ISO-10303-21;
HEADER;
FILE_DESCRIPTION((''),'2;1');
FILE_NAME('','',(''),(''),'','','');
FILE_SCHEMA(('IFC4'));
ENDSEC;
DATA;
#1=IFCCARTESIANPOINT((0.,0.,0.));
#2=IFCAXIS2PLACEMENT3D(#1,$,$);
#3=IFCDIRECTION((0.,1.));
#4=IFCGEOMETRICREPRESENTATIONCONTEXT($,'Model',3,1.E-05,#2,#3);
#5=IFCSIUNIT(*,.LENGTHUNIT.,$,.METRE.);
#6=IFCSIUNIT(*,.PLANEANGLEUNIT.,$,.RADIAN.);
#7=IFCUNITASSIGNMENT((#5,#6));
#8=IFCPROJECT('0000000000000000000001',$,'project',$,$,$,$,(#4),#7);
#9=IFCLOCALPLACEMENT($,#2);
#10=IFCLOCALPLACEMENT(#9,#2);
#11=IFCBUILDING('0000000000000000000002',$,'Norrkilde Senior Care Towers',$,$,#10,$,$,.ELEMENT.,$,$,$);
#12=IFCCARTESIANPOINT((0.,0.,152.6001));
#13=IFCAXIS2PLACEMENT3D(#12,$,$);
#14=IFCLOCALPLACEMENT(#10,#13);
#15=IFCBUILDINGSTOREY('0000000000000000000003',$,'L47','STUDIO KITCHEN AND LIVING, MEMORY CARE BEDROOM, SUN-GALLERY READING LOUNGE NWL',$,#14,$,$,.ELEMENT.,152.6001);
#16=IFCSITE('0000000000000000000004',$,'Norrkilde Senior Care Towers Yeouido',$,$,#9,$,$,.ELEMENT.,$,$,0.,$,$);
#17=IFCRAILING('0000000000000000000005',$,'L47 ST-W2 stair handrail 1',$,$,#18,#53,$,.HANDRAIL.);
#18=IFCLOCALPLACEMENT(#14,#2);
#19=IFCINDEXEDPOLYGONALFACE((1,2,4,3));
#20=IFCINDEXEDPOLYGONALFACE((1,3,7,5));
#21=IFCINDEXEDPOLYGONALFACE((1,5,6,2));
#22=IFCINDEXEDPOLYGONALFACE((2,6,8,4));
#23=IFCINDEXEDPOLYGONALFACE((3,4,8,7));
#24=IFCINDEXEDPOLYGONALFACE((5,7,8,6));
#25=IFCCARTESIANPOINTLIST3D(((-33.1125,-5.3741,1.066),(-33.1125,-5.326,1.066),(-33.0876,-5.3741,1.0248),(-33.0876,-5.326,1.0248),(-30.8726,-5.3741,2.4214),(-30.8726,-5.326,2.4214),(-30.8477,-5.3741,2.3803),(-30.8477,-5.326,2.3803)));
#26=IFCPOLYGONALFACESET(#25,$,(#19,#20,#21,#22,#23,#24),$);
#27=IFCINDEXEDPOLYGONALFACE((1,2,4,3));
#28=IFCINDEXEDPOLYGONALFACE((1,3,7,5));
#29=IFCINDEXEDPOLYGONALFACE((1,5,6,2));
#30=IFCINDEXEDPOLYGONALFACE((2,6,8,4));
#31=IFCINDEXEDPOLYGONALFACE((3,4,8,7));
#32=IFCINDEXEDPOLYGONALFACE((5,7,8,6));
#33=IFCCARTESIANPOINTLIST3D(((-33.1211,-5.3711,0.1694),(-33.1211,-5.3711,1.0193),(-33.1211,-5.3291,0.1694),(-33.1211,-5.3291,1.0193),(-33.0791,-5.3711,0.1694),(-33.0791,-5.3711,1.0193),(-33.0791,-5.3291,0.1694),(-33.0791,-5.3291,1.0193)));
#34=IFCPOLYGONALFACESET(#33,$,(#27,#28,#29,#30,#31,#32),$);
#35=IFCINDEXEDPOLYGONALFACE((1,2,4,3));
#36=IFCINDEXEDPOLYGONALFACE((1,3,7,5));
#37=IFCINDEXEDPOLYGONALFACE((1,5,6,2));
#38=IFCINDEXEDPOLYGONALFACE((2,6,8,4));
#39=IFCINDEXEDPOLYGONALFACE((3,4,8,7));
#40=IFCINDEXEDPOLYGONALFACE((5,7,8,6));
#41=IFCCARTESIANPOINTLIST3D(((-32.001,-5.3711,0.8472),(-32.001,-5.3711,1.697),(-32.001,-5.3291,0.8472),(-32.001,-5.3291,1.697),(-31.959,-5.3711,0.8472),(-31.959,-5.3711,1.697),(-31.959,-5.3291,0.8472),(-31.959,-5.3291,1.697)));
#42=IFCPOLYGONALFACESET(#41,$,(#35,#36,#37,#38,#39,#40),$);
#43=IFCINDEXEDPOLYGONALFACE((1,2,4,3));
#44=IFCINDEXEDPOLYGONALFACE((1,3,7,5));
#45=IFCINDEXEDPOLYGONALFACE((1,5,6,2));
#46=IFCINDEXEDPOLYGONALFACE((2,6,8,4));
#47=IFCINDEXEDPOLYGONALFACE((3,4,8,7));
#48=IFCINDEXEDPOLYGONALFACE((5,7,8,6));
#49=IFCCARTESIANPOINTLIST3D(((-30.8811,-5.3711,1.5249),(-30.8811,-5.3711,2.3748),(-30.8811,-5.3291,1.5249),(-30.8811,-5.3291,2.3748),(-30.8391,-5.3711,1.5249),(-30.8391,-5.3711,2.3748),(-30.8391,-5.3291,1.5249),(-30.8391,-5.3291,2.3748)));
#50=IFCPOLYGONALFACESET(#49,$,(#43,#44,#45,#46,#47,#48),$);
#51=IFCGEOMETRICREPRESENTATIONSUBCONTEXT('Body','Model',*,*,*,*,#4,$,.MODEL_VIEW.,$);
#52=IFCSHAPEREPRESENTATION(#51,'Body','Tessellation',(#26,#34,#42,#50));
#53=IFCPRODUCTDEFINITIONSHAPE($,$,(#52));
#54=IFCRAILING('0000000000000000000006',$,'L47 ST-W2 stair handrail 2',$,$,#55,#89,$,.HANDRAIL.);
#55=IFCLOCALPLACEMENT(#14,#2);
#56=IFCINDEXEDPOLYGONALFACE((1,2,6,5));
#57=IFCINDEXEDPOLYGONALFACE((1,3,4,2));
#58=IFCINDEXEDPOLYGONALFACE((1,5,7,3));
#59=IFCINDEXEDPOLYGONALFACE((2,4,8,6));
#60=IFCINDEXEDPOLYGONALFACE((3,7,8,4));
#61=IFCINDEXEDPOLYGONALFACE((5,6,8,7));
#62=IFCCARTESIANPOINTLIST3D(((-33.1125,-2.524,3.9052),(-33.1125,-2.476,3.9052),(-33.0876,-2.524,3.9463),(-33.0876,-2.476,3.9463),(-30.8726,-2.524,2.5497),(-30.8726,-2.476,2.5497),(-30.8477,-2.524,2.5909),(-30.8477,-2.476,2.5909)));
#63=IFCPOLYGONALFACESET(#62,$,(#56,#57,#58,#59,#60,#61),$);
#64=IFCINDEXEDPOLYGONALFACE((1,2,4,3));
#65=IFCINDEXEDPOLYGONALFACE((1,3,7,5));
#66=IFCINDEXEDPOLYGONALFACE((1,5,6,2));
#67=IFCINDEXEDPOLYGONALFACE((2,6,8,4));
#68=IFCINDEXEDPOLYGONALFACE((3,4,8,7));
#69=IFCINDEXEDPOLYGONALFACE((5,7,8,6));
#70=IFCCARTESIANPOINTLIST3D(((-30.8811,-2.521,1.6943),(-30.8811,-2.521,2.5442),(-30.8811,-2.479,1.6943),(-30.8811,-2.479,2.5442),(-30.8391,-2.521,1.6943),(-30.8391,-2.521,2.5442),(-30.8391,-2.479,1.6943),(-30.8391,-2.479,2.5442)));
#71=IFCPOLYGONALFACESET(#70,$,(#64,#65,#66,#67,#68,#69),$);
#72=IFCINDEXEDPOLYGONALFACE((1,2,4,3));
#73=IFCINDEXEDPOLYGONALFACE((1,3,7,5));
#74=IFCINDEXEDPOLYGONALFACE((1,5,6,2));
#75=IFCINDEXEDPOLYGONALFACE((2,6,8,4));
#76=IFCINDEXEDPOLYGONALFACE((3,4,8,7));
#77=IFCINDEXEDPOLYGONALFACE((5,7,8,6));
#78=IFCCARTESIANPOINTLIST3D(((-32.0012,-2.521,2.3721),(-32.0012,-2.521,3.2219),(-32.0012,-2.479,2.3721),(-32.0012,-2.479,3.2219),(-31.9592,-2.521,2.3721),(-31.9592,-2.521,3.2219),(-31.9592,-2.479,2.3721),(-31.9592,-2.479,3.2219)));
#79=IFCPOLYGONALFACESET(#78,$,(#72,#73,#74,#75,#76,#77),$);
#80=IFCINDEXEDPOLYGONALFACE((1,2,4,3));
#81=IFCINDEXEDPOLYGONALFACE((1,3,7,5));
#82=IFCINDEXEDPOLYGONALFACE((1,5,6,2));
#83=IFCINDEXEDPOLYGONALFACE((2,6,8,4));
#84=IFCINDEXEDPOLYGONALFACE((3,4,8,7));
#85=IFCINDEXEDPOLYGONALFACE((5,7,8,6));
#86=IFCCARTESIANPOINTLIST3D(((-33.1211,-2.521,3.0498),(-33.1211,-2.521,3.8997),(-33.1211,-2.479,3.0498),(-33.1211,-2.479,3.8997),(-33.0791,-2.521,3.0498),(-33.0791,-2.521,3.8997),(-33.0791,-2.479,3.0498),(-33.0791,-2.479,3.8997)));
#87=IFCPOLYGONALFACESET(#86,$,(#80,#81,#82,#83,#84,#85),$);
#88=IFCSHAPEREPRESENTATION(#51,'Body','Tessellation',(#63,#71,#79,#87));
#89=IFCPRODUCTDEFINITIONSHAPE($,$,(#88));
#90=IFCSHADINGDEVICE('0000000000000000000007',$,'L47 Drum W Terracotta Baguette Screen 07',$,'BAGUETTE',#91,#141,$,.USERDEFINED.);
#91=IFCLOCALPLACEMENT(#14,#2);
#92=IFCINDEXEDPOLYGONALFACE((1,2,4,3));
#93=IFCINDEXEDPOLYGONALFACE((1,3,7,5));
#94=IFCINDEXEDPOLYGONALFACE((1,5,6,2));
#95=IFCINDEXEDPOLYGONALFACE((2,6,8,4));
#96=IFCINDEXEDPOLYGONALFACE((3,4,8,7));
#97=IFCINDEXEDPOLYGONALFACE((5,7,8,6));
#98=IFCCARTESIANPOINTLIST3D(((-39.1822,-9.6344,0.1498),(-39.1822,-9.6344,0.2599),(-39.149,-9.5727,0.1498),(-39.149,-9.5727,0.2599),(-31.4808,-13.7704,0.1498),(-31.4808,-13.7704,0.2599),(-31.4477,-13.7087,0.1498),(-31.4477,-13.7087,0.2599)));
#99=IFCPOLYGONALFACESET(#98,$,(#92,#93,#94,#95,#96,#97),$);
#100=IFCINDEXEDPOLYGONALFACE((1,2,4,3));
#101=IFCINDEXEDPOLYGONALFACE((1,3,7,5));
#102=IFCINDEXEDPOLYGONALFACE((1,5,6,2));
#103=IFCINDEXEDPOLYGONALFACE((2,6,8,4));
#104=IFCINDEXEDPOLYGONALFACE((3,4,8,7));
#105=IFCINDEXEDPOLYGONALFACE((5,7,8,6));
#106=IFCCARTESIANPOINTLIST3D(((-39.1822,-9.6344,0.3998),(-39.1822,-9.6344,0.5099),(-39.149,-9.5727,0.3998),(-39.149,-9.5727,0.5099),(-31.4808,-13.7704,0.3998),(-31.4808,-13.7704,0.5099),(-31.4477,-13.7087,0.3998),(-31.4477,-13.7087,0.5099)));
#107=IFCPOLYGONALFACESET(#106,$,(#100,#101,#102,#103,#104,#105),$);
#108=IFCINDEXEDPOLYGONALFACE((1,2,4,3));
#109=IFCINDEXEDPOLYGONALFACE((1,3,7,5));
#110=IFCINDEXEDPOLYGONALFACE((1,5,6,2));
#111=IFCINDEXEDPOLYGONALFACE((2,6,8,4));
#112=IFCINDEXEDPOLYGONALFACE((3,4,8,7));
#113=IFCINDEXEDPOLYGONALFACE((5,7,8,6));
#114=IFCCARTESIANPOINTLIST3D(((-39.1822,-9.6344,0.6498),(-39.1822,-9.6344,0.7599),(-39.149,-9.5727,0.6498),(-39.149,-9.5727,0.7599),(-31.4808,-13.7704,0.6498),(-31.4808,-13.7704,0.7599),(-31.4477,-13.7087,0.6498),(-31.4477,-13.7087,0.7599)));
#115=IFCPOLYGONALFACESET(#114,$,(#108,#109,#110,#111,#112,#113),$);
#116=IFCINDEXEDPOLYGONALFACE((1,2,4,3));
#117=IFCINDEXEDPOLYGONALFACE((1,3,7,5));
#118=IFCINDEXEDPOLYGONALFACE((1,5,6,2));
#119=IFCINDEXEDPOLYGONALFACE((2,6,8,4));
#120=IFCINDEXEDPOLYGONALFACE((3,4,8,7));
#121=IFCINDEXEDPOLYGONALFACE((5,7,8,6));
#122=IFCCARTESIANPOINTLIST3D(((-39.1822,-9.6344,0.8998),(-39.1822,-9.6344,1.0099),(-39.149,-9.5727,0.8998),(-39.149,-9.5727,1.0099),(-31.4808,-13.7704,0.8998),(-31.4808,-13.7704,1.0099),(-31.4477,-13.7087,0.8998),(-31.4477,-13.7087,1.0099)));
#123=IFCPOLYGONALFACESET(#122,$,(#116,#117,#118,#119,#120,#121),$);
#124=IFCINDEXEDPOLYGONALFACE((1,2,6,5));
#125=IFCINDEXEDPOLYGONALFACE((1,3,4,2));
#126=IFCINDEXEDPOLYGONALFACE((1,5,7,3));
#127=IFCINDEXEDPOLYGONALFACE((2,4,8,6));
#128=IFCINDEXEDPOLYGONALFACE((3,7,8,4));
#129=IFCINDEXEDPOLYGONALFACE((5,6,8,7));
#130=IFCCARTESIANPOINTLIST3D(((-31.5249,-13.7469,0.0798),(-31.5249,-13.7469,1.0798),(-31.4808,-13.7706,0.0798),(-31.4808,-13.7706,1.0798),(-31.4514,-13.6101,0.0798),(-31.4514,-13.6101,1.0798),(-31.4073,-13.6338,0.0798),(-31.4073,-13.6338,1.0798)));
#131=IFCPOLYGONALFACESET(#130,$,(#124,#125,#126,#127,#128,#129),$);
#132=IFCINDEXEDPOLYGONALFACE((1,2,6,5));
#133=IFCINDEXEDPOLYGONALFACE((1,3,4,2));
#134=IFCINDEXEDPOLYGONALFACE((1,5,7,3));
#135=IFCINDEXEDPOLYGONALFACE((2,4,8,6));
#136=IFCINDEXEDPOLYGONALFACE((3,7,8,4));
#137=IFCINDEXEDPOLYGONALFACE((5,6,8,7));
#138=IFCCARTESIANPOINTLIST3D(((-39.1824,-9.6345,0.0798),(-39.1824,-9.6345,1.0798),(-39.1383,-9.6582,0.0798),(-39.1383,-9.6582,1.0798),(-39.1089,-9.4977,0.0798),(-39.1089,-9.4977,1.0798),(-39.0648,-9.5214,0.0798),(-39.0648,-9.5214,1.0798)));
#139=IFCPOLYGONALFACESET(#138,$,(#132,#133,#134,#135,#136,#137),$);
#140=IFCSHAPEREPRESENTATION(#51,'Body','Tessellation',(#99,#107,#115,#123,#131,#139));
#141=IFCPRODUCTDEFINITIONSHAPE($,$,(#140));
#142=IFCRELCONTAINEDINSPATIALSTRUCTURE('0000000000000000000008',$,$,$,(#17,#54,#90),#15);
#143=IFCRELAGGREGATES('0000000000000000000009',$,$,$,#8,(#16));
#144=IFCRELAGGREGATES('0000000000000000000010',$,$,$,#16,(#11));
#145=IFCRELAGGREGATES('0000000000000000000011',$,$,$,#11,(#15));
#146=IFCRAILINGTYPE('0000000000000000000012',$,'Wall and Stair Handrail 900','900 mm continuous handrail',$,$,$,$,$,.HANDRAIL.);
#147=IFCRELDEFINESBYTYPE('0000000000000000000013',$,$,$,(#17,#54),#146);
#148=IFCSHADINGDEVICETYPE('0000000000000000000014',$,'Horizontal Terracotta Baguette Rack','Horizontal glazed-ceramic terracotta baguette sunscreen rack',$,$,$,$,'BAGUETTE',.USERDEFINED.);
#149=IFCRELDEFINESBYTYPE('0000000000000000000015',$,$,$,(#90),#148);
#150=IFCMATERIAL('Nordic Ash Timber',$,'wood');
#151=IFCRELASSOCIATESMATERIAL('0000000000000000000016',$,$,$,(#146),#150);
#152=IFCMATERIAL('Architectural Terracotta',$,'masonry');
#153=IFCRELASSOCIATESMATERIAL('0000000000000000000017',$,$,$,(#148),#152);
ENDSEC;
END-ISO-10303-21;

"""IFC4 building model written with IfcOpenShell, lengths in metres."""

from ifc_helpers import new_model, si_unit, direction, frame, origin, origin_2d, place, context, subcontext, project, spatial, rectangle, extrude, source, transform, mapped, material, type_object, type_shapes, element, save


model = new_model("IFC4")

# Units and contexts
model_context = context("Model", 3, precision=1e-05, world=origin(), true_north=direction((0.0, 1.0)))
body_context = subcontext(model_context, "Body", "Model", "MODEL_VIEW")
ifc_project = project(units=[si_unit("LENGTHUNIT", "METRE"), si_unit("PLANEANGLEUNIT", "RADIAN")], contexts=[model_context])

# Site, building, storey
site_placement = place(None, origin())
site = spatial("IfcSite", under=ifc_project, at=site_placement, Name="Norrkilde Senior Care Towers Yeouido", CompositionType="ELEMENT", RefElevation=0.0)
building_placement = place(site_placement, origin())
building = spatial("IfcBuilding", under=site, at=building_placement, Name="Norrkilde Senior Care Towers", CompositionType="ELEMENT")
storey_placement = place(building_placement, frame((0.0, 0.0, 152.6001)))
storey = spatial("IfcBuildingStorey", under=building, at=storey_placement, Name="L47", Description="STUDIO KITCHEN AND LIVING, MEMORY CARE BEDROOM, SUN-GALLERY READING LOUNGE NWL", CompositionType="ELEMENT", Elevation=152.6001)

# Railings
ifc_material_1 = material(Name="Nordic Ash Timber", Category="wood")
railing_type_1 = type_object("IfcRailingType", Name="Wall and Stair Handrail 900", Description="900 mm continuous handrail", PredefinedType="HANDRAIL", material=ifc_material_1)
railing_1_placement = place(storey_placement, frame((-33.1001, -5.3501, 0.1694)))
element("IfcRailing", 1, at=railing_1_placement, inside=storey, type_object=railing_type_1, Name="L47 ST-W2 stair handrail 1", PredefinedType="HANDRAIL", context=body_context, shape_type="SweptSolid", body=[
    extrude(rectangle(XDim=0.0481, YDim=0.0481, at=origin_2d()), frame((0.0, 0.0, 0.876), z_axis=(0.855553, 0.0, 0.517715), x_axis=(0.0, 1.0, 0.0)), (0.0, 0.0, 1.0), 2.6182),
    extrude(rectangle(XDim=0.042, YDim=0.042, at=origin_2d()), origin(), (0.0, 0.0, 1.0), 0.8499),
    extrude(rectangle(XDim=0.042, YDim=0.042, at=origin_2d()), frame((1.1201, 0.0, 0.6777)), (0.0, 0.0, 1.0), 0.8499),
    extrude(rectangle(XDim=0.042, YDim=0.042, at=origin_2d()), frame((2.24, 0.0, 1.3555)), (0.0, 0.0, 1.0), 0.8499),
])
railing_2_placement = place(storey_placement, frame((-30.8601, -2.5, 1.6943)))
element("IfcRailing", 2, at=railing_2_placement, inside=storey, type_object=railing_type_1, Name="L47 ST-W2 stair handrail 2", PredefinedType="HANDRAIL", context=body_context, shape_type="SweptSolid", body=[
    extrude(rectangle(XDim=0.0481, YDim=0.0481, at=origin_2d()), frame((0.0, 0.0, 0.876), z_axis=(-0.855553, 0.0, 0.517715), x_axis=(0.0, -1.0, 0.0)), (0.0, 0.0, 1.0), 2.6182),
    extrude(rectangle(XDim=0.042, YDim=0.042, at=origin_2d()), origin(), (0.0, 0.0, 1.0), 0.8499),
    extrude(rectangle(XDim=0.042, YDim=0.042, at=origin_2d()), frame((-1.1201, 0.0, 0.6777)), (0.0, 0.0, 1.0), 0.8499),
    extrude(rectangle(XDim=0.042, YDim=0.042, at=origin_2d()), frame((-2.24, 0.0, 1.3555)), (0.0, 0.0, 1.0), 0.8499),
])

# Shading device
ifc_material_2 = material(Name="Architectural Terracotta", Category="masonry")
shading_device_type = type_object("IfcShadingDeviceType", Name="Horizontal Terracotta Baguette Rack", Description="Horizontal glazed-ceramic terracotta baguette sunscreen rack", ElementType="BAGUETTE", PredefinedType="USERDEFINED", material=ifc_material_2)
shared_shape_1 = source(origin(), body_context, "Body", "SweptSolid", [
    extrude(rectangle(XDim=0.0701, YDim=0.1101, at=origin_2d()), frame((0.0, 0.0901, 0.125), z_axis=(1.0, 0.0, 0.0), x_axis=(0.0, 1.0, 0.0)), (0.0, 0.0, 1.0), 8.7417),
    extrude(rectangle(XDim=0.0701, YDim=0.1101, at=origin_2d()), frame((0.0, 0.0901, 0.375), z_axis=(1.0, 0.0, 0.0), x_axis=(0.0, 1.0, 0.0)), (0.0, 0.0, 1.0), 8.7417),
    extrude(rectangle(XDim=0.0701, YDim=0.1101, at=origin_2d()), frame((0.0, 0.0901, 0.625), z_axis=(1.0, 0.0, 0.0), x_axis=(0.0, 1.0, 0.0)), (0.0, 0.0, 1.0), 8.7417),
    extrude(rectangle(XDim=0.0701, YDim=0.1101, at=origin_2d()), frame((0.0, 0.0901, 0.875), z_axis=(1.0, 0.0, 0.0), x_axis=(0.0, 1.0, 0.0)), (0.0, 0.0, 1.0), 8.7417),
    extrude(rectangle(XDim=0.05, YDim=0.1553, at=origin_2d()), frame((0.0249, 0.0476, 0.0)), (0.0, 0.0, 1.0), 1.0),
    extrude(rectangle(XDim=0.05, YDim=0.1553, at=origin_2d()), frame((8.7168, 0.0476, 0.0)), (0.0, 0.0, 1.0), 1.0),
])
type_shapes(shading_device_type, [shared_shape_1])
shading_device_placement = place(storey_placement, frame((-31.4216, -13.6602, 0.0798), z_axis=(0.0, 0.0, 1.0), x_axis=(-0.880998, 0.473133, 0.0)))
element("IfcShadingDevice", 3, at=shading_device_placement, inside=storey, type_object=shading_device_type, Name="L47 Drum W Terracotta Baguette Screen 07", ObjectType="BAGUETTE", PredefinedType="USERDEFINED", context=body_context, shape_type="MappedRepresentation", body=[
    mapped(shared_shape_1, transform((0.0, 0.0, 0.0), x_axis=(1.0, 0.0, 0.0), y_axis=(0.0, 1.0, 0.0), z_axis=(0.0, 0.0, 1.0), scale=1.0)),
])

save(model, "model.ifc")
